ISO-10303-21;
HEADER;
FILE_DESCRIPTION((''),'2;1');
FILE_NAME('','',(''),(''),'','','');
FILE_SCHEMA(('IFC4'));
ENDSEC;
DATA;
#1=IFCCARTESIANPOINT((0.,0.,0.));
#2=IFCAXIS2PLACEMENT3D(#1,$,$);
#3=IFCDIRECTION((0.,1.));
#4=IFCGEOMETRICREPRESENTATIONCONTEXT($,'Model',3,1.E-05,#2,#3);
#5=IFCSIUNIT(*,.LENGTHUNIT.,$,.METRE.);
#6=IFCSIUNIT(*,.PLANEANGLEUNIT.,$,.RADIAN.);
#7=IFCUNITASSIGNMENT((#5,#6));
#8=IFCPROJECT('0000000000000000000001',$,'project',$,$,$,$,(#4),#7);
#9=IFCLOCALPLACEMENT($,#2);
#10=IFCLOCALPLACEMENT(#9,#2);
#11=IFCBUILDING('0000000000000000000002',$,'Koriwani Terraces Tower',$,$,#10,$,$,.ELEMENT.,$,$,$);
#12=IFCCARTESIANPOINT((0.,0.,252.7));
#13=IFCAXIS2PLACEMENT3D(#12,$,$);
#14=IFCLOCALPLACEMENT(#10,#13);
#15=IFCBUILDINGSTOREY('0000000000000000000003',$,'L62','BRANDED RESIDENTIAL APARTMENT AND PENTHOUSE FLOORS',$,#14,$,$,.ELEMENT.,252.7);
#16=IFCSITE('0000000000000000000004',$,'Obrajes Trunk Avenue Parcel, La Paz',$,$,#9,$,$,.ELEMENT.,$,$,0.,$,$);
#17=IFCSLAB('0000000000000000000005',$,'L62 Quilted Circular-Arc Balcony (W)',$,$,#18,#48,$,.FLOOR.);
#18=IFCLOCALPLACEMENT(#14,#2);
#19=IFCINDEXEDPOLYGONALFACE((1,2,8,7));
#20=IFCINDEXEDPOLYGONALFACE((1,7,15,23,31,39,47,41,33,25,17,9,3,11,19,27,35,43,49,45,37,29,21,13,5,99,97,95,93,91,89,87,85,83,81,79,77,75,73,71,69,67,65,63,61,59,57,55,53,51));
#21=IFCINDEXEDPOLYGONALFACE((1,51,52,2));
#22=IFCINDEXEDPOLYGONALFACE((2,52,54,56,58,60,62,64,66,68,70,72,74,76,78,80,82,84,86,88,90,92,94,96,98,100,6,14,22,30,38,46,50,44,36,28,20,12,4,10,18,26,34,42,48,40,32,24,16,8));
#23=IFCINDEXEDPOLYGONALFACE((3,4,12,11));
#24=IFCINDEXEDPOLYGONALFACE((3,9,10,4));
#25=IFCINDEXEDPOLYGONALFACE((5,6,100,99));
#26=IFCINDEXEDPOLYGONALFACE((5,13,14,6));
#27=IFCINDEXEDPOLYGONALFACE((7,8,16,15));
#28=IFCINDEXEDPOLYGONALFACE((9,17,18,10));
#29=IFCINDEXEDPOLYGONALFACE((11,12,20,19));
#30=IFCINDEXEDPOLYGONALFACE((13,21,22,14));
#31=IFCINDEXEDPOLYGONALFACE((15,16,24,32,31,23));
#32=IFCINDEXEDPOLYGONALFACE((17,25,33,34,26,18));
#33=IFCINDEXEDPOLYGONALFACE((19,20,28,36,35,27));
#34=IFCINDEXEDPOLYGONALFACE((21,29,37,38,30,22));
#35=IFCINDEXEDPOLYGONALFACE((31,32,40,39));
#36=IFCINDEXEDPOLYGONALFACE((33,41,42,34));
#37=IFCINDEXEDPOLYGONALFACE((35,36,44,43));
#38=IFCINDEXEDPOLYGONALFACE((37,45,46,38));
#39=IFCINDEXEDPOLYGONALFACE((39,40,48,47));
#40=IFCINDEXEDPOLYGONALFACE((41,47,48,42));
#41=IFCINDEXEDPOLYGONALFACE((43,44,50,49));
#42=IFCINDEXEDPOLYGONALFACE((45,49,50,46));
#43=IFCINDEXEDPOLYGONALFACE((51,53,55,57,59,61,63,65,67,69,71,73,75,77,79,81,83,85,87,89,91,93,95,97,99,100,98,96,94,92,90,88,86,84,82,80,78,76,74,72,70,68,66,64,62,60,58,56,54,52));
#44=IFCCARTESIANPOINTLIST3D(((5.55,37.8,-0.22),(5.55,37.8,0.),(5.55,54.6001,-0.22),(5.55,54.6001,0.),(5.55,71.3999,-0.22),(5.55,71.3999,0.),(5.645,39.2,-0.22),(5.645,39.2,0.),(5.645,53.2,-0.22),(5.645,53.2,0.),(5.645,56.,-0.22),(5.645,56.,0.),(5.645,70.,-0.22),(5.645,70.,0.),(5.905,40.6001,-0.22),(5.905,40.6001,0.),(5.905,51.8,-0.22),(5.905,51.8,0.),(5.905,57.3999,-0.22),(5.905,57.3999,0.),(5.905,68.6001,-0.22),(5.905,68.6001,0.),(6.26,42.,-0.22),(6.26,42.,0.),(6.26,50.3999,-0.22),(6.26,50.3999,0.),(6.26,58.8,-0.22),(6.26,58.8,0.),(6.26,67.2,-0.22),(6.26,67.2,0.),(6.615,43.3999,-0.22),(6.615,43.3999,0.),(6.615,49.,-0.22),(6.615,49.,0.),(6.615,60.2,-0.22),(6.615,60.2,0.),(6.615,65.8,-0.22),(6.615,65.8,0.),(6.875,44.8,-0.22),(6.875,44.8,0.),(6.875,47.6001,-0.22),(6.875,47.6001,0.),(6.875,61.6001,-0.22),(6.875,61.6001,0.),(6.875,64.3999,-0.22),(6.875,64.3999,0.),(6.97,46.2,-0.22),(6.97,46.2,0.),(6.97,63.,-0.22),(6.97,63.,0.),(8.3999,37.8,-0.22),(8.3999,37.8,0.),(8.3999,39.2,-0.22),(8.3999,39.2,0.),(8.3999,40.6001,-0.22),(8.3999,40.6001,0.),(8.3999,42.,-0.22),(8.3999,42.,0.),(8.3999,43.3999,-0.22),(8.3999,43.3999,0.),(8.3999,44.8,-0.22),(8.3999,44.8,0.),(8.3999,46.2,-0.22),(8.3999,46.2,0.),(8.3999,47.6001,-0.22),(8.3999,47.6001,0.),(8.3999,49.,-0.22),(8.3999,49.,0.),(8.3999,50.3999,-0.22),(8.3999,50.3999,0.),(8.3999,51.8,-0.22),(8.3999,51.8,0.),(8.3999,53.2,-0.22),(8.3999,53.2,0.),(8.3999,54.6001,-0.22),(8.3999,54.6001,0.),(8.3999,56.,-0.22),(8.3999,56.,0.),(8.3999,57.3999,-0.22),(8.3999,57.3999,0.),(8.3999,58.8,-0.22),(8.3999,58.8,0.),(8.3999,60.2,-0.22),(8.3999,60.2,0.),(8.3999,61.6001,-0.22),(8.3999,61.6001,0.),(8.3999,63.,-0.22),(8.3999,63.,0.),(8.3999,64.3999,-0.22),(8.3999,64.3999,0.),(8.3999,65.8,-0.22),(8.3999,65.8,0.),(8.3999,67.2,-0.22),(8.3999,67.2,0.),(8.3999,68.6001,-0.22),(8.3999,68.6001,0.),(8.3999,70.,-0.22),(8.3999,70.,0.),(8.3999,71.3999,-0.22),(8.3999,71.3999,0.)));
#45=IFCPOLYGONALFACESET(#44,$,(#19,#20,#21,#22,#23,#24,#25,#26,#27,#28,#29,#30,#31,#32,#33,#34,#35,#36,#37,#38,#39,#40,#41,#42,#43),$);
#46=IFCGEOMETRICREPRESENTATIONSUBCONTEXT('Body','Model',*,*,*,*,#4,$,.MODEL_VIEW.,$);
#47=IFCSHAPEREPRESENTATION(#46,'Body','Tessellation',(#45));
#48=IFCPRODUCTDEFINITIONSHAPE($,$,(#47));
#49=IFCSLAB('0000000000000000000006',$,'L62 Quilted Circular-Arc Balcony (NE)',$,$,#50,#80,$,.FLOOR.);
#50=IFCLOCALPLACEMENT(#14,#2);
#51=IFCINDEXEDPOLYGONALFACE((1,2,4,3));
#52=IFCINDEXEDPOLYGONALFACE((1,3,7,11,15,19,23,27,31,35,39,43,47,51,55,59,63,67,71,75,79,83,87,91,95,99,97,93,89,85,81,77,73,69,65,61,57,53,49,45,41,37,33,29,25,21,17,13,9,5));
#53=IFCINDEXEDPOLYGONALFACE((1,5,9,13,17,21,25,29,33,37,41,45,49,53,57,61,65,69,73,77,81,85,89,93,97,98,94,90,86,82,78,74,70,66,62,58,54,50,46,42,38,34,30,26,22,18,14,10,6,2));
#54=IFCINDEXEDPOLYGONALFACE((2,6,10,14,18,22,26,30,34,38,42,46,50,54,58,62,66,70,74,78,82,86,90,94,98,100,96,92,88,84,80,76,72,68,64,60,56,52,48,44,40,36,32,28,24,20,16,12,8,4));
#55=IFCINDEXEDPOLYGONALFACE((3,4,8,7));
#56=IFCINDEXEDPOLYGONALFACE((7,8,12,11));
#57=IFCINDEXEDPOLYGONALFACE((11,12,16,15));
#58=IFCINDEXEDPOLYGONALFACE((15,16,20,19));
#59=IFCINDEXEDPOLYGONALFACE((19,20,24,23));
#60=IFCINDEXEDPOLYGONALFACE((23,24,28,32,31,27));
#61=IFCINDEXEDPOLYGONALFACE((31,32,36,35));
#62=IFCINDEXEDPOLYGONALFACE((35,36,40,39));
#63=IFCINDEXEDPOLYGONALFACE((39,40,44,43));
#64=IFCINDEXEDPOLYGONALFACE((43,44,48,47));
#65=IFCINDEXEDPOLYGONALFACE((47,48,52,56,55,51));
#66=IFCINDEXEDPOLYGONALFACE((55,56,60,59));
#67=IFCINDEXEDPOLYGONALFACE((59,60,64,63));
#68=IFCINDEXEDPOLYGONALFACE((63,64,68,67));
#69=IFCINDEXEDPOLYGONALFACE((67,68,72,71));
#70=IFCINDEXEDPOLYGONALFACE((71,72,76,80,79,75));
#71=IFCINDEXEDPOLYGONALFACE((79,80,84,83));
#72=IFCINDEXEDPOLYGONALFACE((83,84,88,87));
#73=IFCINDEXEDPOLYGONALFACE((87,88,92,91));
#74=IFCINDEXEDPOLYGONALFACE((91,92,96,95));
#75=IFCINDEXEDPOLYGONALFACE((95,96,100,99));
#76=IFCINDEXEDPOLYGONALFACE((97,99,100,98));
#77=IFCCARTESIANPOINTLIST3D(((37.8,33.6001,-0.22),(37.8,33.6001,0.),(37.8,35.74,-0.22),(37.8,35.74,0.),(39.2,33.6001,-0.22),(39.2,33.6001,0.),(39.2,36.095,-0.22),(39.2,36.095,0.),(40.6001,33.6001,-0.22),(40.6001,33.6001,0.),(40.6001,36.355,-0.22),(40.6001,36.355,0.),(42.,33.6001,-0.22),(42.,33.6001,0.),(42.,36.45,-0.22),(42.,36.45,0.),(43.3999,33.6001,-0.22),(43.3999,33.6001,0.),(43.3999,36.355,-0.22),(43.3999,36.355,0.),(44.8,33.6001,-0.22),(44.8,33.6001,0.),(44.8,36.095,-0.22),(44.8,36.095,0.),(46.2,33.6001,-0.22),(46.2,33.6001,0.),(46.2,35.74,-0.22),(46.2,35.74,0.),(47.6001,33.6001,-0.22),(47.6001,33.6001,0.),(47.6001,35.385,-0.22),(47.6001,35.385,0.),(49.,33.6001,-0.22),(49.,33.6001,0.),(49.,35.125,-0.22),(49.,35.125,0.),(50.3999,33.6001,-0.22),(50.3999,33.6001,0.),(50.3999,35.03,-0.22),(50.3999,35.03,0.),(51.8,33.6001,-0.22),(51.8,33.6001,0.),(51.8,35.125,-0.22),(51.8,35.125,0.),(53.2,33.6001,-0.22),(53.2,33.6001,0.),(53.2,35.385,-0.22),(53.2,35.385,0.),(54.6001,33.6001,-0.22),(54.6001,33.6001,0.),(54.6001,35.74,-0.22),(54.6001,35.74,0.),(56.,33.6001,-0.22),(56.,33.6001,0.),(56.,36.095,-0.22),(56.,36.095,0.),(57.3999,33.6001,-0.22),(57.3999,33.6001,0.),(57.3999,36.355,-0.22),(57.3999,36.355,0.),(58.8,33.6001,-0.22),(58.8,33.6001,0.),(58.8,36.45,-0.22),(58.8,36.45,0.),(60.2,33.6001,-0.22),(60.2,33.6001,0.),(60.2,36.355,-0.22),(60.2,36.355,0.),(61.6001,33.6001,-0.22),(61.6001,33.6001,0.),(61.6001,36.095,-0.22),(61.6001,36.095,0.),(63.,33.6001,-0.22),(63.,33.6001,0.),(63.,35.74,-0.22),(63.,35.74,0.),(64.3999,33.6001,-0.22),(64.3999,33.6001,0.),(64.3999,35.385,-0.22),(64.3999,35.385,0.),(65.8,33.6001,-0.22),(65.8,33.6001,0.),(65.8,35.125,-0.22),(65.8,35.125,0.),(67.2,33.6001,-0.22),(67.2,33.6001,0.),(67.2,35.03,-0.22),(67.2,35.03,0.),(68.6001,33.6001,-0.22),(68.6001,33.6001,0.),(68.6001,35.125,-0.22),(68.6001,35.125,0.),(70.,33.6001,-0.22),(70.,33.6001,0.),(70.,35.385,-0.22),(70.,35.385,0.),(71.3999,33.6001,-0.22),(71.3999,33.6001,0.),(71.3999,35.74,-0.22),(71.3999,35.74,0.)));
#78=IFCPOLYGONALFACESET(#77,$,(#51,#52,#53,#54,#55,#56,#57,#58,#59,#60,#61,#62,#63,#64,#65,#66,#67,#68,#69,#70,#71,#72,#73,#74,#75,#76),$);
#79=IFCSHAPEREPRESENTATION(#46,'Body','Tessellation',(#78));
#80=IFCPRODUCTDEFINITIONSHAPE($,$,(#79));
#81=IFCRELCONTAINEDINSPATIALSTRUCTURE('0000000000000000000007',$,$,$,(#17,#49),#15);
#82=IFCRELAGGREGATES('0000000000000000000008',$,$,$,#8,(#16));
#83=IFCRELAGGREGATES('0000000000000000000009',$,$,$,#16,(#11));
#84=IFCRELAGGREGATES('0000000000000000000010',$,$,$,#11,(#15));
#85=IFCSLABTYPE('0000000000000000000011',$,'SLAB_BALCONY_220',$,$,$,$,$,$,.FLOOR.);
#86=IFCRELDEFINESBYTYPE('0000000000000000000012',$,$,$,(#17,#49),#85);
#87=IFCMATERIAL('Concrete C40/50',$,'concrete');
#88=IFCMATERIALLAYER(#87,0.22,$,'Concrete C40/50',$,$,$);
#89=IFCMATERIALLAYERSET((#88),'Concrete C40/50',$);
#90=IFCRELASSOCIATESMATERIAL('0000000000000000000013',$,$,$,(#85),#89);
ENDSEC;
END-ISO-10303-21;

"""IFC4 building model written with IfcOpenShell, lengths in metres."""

from ifc_helpers import new_model, si_unit, direction, frame, origin, place, context, subcontext, project, spatial, polyline, outline, extrude, material, layer, layer_set, type_object, element, save


model = new_model("IFC4")

# Units and contexts
model_context = context("Model", 3, precision=1e-05, world=origin(), true_north=direction((0.0, 1.0)))
body_context = subcontext(model_context, "Body", "Model", "MODEL_VIEW")
ifc_project = project(units=[si_unit("LENGTHUNIT", "METRE"), si_unit("PLANEANGLEUNIT", "RADIAN")], contexts=[model_context])

# Site, building, storey
site_placement = place(None, origin())
site = spatial("IfcSite", under=ifc_project, at=site_placement, Name="Obrajes Trunk Avenue Parcel, La Paz", CompositionType="ELEMENT", RefElevation=0.0)
building_placement = place(site_placement, origin())
building = spatial("IfcBuilding", under=site, at=building_placement, Name="Koriwani Terraces Tower", CompositionType="ELEMENT")
storey_placement = place(building_placement, frame((0.0, 0.0, 252.7)))
storey = spatial("IfcBuildingStorey", under=building, at=storey_placement, Name="L62", Description="BRANDED RESIDENTIAL APARTMENT AND PENTHOUSE FLOORS", CompositionType="ELEMENT", Elevation=252.7)

# Shared definitions
ifc_material_1 = material(Name="Concrete C40/50", Category="concrete")

# Slabs
ifc_layer_1 = layer(ifc_material_1, 0.22, Name="Concrete C40/50")
ifc_layer_set_1 = layer_set([ifc_layer_1], Name="Concrete C40/50")
slab_type_1 = type_object("IfcSlabType", Name="SLAB_BALCONY_220", PredefinedType="FLOOR", material=ifc_layer_set_1)
slab_1_placement = place(storey_placement, frame((0.0, 0.0, -0.22)))
element("IfcSlab", 1, at=slab_1_placement, inside=storey, type_object=slab_type_1, Name="L62 Quilted Circular-Arc Balcony (W)", PredefinedType="FLOOR", context=body_context, shape_type="SweptSolid", body=[
    extrude(outline(polyline([(8.3999, 37.8), (8.3999, 39.2), (8.3999, 40.6001), (8.3999, 42.0), (8.3999, 43.3999), (8.3999, 44.8), (8.3999, 46.2), (8.3999, 47.6001), (8.3999, 49.0), (8.3999, 50.3999), (8.3999, 51.8), (8.3999, 53.2), (8.3999, 54.6001), (8.3999, 56.0), (8.3999, 57.3999), (8.3999, 58.8), (8.3999, 60.2), (8.3999, 61.6001), (8.3999, 63.0), (8.3999, 64.3999), (8.3999, 65.8), (8.3999, 67.2), (8.3999, 68.6001), (8.3999, 70.0), (8.3999, 71.3999), (5.55, 71.3999), (5.645, 70.0), (5.905, 68.6001), (6.26, 67.2), (6.615, 65.8), (6.875, 64.3999), (6.97, 63.0), (6.875, 61.6001), (6.615, 60.2), (6.26, 58.8), (5.905, 57.3999), (5.645, 56.0), (5.55, 54.6001), (5.645, 53.2), (5.905, 51.8), (6.26, 50.3999), (6.615, 49.0), (6.875, 47.6001), (6.97, 46.2), (6.875, 44.8), (6.615, 43.3999), (6.26, 42.0), (5.905, 40.6001), (5.645, 39.2), (5.55, 37.8), (8.3999, 37.8)])), origin(), (0.0, 0.0, 1.0), 0.22),
])
slab_2_placement = place(storey_placement, frame((0.0, 0.0, -0.22)))
element("IfcSlab", 2, at=slab_2_placement, inside=storey, type_object=slab_type_1, Name="L62 Quilted Circular-Arc Balcony (NE)", PredefinedType="FLOOR", context=body_context, shape_type="SweptSolid", body=[
    extrude(outline(polyline([(71.3999, 33.6001), (70.0, 33.6001), (68.6001, 33.6001), (67.2, 33.6001), (65.8, 33.6001), (64.3999, 33.6001), (63.0, 33.6001), (61.6001, 33.6001), (60.2, 33.6001), (58.8, 33.6001), (57.3999, 33.6001), (56.0, 33.6001), (54.6001, 33.6001), (53.2, 33.6001), (51.8, 33.6001), (50.3999, 33.6001), (49.0, 33.6001), (47.6001, 33.6001), (46.2, 33.6001), (44.8, 33.6001), (43.3999, 33.6001), (42.0, 33.6001), (40.6001, 33.6001), (39.2, 33.6001), (37.8, 33.6001), (37.8, 35.74), (39.2, 36.095), (40.6001, 36.355), (42.0, 36.45), (43.3999, 36.355), (44.8, 36.095), (46.2, 35.74), (47.6001, 35.385), (49.0, 35.125), (50.3999, 35.03), (51.8, 35.125), (53.2, 35.385), (54.6001, 35.74), (56.0, 36.095), (57.3999, 36.355), (58.8, 36.45), (60.2, 36.355), (61.6001, 36.095), (63.0, 35.74), (64.3999, 35.385), (65.8, 35.125), (67.2, 35.03), (68.6001, 35.125), (70.0, 35.385), (71.3999, 35.74), (71.3999, 33.6001)])), origin(), (0.0, 0.0, 1.0), 0.22),
])

save(model, "model.ifc")
